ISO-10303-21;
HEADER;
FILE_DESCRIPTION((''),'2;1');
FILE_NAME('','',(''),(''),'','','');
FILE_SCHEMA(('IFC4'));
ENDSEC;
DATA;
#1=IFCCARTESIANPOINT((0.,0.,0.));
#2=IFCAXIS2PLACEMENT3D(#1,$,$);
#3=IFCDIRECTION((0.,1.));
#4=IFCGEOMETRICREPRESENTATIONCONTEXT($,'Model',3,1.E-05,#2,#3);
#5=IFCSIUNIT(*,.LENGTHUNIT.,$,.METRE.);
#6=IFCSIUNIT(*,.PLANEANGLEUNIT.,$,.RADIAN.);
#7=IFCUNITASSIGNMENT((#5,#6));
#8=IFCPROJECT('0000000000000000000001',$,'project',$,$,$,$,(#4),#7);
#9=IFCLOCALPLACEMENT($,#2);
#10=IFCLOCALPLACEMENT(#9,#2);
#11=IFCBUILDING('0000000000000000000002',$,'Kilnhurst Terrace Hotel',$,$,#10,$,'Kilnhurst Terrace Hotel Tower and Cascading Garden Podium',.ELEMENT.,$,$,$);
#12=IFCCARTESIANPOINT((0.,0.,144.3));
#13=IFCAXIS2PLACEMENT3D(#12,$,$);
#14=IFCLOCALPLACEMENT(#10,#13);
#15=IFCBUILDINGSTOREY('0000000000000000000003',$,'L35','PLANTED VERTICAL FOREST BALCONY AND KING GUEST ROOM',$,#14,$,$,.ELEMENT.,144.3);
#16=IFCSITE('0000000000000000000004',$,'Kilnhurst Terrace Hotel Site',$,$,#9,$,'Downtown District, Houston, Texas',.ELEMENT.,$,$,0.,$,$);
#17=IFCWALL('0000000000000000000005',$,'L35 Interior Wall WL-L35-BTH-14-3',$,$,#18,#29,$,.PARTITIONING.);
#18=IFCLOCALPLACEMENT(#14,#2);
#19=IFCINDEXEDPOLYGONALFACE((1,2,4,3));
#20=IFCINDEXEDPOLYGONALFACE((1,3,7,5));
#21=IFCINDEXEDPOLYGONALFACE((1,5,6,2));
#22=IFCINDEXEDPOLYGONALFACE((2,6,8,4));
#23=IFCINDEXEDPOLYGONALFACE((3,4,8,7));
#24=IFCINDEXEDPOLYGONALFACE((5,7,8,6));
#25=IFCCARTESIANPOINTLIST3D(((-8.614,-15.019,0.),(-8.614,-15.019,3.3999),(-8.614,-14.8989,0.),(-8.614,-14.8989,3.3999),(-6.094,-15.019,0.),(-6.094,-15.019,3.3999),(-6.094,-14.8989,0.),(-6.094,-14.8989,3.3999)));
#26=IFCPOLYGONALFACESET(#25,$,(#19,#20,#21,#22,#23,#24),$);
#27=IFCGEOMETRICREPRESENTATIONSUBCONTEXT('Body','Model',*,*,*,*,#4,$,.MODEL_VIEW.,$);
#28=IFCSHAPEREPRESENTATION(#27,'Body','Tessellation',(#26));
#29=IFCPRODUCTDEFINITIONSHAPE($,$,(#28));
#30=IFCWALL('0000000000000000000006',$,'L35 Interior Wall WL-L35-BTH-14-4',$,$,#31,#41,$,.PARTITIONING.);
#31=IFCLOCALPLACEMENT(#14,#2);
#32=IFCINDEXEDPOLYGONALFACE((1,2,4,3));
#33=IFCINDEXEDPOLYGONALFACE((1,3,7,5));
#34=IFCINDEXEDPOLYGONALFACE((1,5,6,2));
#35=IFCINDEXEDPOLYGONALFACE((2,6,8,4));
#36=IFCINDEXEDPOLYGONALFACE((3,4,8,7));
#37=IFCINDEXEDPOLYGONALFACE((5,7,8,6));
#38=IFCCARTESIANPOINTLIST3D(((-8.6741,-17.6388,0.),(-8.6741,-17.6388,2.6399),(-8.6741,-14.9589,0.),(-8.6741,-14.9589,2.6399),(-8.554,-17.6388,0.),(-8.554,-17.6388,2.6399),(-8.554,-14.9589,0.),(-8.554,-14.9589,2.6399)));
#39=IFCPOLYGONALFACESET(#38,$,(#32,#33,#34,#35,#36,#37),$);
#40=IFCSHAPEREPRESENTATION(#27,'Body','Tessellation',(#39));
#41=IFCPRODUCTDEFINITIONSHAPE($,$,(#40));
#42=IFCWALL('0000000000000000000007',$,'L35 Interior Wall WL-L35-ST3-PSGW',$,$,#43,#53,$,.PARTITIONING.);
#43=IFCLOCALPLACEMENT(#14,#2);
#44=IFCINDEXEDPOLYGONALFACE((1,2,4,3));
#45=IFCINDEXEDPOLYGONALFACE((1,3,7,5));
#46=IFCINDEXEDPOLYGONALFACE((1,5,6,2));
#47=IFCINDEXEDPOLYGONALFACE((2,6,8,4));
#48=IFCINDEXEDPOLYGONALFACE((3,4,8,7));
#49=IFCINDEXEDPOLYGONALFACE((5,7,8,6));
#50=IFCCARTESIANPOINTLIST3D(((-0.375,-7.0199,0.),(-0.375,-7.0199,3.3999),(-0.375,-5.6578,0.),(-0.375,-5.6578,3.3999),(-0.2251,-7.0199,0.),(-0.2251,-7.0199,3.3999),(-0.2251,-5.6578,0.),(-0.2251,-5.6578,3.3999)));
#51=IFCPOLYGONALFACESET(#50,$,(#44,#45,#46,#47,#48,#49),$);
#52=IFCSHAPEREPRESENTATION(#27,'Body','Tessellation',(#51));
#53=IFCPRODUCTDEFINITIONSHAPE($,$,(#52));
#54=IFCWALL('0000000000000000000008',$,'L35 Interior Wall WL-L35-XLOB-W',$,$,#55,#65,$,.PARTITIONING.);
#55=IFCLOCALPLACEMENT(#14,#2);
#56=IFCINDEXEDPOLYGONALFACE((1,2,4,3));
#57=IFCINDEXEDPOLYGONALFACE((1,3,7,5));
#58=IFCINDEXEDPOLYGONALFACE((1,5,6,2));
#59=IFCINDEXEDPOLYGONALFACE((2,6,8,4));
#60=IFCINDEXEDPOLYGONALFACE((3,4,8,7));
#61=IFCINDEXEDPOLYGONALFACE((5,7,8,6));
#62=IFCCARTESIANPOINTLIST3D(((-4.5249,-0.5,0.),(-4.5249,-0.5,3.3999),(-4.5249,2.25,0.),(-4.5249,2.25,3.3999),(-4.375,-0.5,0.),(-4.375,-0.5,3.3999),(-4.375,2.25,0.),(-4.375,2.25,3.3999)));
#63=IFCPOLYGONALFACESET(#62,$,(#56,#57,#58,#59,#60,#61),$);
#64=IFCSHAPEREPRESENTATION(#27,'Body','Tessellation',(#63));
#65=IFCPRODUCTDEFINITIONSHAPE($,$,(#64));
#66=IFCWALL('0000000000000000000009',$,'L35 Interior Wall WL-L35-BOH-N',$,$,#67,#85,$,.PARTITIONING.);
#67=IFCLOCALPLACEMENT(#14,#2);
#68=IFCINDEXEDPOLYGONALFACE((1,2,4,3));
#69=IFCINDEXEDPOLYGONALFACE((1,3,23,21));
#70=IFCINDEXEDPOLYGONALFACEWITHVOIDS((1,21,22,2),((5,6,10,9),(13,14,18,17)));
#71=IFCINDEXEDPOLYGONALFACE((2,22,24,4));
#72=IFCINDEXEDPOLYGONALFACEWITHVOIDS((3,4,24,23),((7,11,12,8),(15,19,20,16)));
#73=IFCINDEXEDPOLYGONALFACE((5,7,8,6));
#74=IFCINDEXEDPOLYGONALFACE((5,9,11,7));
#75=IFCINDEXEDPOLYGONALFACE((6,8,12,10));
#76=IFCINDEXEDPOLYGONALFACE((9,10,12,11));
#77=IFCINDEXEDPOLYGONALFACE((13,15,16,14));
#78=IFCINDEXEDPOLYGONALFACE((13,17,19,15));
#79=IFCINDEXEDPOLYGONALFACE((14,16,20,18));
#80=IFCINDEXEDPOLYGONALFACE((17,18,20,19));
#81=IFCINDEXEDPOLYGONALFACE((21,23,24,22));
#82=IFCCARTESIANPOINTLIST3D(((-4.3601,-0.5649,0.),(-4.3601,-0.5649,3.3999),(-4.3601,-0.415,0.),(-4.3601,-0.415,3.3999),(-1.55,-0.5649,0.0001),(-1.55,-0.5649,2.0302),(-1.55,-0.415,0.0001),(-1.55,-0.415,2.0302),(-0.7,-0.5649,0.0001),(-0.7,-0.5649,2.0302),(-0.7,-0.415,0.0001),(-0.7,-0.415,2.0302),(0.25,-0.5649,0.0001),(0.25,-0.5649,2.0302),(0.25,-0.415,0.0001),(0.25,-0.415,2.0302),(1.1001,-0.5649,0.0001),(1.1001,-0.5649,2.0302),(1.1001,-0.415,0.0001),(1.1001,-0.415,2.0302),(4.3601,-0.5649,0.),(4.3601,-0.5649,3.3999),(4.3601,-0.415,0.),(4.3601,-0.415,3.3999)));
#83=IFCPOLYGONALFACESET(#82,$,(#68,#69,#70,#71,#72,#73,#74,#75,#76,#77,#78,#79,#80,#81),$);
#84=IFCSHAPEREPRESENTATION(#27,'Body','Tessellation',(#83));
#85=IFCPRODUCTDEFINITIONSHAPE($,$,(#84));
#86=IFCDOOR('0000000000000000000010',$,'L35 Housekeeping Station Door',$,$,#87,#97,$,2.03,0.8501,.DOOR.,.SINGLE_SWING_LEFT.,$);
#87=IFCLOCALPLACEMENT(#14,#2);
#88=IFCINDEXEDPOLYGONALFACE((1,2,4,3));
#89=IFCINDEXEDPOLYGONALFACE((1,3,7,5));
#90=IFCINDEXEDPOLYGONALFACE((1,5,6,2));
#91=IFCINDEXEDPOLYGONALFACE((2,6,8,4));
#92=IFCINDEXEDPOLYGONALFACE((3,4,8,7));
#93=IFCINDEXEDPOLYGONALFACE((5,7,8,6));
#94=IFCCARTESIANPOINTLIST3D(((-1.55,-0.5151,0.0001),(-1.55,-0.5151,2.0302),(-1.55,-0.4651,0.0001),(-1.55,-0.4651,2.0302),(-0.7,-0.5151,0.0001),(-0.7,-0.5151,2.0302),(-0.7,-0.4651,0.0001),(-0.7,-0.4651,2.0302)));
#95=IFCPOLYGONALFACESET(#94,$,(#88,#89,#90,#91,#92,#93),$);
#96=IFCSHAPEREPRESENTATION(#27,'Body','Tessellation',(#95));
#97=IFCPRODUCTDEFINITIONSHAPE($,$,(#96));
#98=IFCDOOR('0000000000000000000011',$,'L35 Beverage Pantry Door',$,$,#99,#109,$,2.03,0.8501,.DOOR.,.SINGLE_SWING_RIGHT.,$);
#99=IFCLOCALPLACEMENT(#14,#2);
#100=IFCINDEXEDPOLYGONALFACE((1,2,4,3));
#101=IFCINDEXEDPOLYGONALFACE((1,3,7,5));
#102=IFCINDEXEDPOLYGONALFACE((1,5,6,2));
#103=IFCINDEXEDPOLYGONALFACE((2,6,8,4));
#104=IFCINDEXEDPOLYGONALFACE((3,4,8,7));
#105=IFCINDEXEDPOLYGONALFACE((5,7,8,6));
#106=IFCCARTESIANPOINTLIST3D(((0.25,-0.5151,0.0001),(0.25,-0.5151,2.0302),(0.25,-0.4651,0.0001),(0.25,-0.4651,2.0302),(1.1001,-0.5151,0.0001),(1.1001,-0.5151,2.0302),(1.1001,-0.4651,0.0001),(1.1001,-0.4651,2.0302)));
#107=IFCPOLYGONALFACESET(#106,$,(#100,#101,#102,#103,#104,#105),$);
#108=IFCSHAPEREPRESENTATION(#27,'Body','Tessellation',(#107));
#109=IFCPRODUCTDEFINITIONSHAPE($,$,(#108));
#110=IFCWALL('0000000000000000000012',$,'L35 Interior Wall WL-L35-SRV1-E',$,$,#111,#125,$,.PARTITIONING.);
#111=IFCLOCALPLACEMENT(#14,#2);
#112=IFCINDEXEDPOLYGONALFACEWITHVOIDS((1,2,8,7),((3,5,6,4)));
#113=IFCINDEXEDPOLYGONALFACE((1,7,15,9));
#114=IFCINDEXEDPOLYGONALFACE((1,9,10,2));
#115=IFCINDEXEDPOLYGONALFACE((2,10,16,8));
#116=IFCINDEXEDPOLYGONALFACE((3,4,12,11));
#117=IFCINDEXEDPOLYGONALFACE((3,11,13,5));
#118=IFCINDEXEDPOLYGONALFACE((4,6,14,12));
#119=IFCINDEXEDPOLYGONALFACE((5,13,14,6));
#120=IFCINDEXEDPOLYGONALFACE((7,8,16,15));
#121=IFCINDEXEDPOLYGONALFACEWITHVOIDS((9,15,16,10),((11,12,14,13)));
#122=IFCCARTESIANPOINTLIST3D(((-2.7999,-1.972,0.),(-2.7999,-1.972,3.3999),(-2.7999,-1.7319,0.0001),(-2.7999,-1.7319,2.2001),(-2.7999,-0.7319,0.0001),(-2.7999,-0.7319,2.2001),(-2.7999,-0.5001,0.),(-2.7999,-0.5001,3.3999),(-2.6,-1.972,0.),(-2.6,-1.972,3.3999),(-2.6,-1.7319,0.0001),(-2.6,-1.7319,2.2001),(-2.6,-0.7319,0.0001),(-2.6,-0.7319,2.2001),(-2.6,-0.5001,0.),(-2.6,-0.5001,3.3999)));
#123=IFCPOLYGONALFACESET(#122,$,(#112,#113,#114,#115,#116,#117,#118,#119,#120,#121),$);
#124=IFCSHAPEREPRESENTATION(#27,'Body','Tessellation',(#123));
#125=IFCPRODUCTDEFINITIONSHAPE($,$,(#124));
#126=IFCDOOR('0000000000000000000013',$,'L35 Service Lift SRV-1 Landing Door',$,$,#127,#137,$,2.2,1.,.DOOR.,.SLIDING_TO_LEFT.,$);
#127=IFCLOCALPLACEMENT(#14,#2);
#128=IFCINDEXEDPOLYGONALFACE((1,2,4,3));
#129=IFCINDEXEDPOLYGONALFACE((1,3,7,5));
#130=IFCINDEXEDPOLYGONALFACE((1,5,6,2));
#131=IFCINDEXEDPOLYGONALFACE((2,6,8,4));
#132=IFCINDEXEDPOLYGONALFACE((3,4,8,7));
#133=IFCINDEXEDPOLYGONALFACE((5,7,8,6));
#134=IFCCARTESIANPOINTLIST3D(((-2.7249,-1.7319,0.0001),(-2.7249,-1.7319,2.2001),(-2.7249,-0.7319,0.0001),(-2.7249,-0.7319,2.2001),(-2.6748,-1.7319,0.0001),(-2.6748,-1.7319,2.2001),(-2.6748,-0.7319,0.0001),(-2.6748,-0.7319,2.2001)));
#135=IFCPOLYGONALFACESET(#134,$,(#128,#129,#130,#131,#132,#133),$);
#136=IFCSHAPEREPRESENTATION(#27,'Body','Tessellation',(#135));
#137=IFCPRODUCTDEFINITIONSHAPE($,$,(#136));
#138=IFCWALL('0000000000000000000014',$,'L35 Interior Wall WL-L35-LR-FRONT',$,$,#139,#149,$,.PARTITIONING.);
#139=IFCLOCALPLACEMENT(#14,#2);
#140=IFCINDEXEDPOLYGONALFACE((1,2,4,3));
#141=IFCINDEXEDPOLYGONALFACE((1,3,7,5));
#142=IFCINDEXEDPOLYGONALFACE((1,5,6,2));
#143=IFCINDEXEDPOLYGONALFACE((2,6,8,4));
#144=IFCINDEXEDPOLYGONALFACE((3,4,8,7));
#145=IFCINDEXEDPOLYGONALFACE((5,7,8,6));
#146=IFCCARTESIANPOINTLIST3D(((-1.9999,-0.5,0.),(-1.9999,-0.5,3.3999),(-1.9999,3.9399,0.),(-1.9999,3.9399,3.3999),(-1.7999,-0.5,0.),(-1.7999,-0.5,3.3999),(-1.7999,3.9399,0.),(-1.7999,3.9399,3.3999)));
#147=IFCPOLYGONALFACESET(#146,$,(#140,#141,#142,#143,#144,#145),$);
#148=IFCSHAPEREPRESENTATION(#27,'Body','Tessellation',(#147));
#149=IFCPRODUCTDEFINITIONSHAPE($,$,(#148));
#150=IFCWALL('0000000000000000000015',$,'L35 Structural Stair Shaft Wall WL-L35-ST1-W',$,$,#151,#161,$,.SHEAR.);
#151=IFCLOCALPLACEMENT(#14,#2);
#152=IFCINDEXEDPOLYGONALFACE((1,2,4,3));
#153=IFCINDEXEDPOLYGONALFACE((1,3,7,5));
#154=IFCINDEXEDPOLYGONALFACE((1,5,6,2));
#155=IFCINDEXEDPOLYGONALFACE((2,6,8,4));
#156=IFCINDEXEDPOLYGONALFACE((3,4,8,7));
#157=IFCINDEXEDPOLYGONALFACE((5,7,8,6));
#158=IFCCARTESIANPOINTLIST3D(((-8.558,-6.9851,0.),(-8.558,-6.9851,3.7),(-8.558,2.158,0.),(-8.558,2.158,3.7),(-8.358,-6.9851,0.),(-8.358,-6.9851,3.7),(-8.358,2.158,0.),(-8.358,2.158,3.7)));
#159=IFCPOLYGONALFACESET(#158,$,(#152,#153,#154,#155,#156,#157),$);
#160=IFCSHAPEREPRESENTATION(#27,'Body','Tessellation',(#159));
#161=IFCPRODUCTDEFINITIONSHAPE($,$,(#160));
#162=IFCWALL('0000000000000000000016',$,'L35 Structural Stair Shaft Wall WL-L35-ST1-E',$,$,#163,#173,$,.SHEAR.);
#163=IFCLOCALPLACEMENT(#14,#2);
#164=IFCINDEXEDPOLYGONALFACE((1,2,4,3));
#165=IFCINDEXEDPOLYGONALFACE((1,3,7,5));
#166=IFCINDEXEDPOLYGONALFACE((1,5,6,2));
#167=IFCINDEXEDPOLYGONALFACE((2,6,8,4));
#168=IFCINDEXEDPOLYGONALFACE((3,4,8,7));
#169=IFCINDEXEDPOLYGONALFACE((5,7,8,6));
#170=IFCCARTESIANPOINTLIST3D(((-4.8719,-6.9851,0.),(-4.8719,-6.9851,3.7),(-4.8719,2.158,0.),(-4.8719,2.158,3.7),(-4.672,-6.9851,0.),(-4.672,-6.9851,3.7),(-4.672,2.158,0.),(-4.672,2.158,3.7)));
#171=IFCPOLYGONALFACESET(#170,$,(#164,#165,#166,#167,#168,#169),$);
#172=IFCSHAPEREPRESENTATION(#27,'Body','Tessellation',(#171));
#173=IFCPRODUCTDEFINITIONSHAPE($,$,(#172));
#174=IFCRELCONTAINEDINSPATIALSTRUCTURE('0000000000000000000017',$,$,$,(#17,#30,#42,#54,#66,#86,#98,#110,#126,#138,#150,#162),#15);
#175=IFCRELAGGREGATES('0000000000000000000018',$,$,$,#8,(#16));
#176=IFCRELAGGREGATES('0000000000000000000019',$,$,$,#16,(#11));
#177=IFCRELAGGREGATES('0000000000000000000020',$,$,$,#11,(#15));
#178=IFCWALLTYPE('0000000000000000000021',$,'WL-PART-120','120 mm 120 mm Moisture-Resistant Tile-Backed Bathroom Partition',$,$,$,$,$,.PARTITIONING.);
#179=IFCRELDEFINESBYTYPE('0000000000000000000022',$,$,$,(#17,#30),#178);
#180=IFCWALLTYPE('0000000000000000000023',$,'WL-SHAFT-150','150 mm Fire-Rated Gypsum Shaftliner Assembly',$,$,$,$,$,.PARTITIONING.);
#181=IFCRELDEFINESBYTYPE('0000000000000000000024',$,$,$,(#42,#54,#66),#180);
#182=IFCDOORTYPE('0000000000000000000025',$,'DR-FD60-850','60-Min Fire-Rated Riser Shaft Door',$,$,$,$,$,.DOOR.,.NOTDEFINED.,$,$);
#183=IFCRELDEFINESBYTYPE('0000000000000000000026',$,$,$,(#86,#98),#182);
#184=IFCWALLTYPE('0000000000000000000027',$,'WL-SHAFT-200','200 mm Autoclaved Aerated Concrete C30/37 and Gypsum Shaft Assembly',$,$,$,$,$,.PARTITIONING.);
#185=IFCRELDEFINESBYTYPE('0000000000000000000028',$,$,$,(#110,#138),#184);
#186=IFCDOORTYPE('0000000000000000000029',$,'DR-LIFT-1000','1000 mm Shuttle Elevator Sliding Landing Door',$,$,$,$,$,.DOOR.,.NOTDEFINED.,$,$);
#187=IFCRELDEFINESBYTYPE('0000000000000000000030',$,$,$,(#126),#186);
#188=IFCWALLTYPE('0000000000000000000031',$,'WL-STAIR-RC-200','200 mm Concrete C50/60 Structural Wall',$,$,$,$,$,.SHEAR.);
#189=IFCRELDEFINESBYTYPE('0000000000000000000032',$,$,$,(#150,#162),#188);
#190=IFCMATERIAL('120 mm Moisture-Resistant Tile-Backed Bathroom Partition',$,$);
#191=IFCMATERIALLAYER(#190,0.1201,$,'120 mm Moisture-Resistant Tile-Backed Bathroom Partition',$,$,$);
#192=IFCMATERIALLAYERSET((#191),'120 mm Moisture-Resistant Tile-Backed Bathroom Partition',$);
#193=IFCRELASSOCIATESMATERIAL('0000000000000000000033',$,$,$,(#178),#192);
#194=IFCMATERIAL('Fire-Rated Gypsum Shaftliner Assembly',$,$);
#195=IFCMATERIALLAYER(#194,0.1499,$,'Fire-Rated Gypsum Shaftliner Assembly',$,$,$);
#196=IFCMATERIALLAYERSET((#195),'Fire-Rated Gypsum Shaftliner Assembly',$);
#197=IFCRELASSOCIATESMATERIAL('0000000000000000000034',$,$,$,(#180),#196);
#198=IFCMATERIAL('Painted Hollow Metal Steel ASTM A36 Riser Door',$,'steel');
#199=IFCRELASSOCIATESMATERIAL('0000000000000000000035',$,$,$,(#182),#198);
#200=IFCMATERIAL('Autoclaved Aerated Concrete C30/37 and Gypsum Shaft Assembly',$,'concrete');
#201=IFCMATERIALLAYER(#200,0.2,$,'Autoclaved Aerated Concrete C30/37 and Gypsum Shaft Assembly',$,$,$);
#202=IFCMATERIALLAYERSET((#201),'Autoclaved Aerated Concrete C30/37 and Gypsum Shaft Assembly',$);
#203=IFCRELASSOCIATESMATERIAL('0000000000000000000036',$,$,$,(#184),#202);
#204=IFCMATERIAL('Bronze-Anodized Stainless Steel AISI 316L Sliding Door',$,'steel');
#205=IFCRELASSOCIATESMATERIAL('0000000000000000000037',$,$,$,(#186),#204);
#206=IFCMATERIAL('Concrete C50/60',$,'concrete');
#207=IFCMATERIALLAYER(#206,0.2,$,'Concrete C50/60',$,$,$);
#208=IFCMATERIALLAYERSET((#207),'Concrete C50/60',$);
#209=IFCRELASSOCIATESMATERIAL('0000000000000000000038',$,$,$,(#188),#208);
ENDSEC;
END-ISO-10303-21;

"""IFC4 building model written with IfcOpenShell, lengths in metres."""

from ifc_helpers import new_model, si_unit, direction, frame, frame_2d, origin, place, context, subcontext, project, spatial, rectangle, extrude, material, layer, layer_set, type_object, element, fill, save


model = new_model("IFC4")

# Units and contexts
model_context = context("Model", 3, precision=1e-05, world=origin(), true_north=direction((0.0, 1.0)))
body_context = subcontext(model_context, "Body", "Model", "MODEL_VIEW")
ifc_project = project(units=[si_unit("LENGTHUNIT", "METRE"), si_unit("PLANEANGLEUNIT", "RADIAN")], contexts=[model_context])

# Site, building, storey
site_placement = place(None, origin())
site = spatial("IfcSite", under=ifc_project, at=site_placement, Name="Kilnhurst Terrace Hotel Site", LongName="Downtown District, Houston, Texas", CompositionType="ELEMENT", RefElevation=0.0)
building_placement = place(site_placement, origin())
building = spatial("IfcBuilding", under=site, at=building_placement, Name="Kilnhurst Terrace Hotel", LongName="Kilnhurst Terrace Hotel Tower and Cascading Garden Podium", CompositionType="ELEMENT")
storey_placement = place(building_placement, frame((0.0, 0.0, 144.3)))
storey = spatial("IfcBuildingStorey", under=building, at=storey_placement, Name="L35", Description="PLANTED VERTICAL FOREST BALCONY AND KING GUEST ROOM", CompositionType="ELEMENT", Elevation=144.3)

# Shared definitions
ifc_material_1 = material(Name="Concrete C50/60", Category="concrete")

# Walls
ifc_material_2 = material(Name="120 mm Moisture-Resistant Tile-Backed Bathroom Partition")
ifc_layer_1 = layer(ifc_material_2, 0.1201, Name="120 mm Moisture-Resistant Tile-Backed Bathroom Partition")
ifc_layer_set_1 = layer_set([ifc_layer_1], Name="120 mm Moisture-Resistant Tile-Backed Bathroom Partition")
wall_type_1 = type_object("IfcWallType", Name="WL-PART-120", Description="120 mm 120 mm Moisture-Resistant Tile-Backed Bathroom Partition", PredefinedType="PARTITIONING", material=ifc_layer_set_1)
wall_1_placement = place(storey_placement, frame((-6.094, -14.959, 0.0), z_axis=(0.0, 0.0, 1.0), x_axis=(-1.0, 0.0, 0.0)))
element("IfcWall", 1, at=wall_1_placement, inside=storey, type_object=wall_type_1, Name="L35 Interior Wall WL-L35-BTH-14-3", PredefinedType="PARTITIONING", context=body_context, shape_type="SweptSolid", body=[
    extrude(rectangle(XDim=2.52, YDim=0.1201, at=frame_2d((1.26, 0.0))), origin(), (0.0, 0.0, 1.0), 3.3999),
])
wall_2_placement = place(storey_placement, frame((-8.614, -14.959, 0.0), z_axis=(0.0, 0.0, 1.0), x_axis=(0.0, -1.0, 0.0)))
element("IfcWall", 2, at=wall_2_placement, inside=storey, type_object=wall_type_1, Name="L35 Interior Wall WL-L35-BTH-14-4", PredefinedType="PARTITIONING", context=body_context, shape_type="SweptSolid", body=[
    extrude(rectangle(XDim=2.6799, YDim=0.1201, at=frame_2d((1.3398, 0.0))), origin(), (0.0, 0.0, 1.0), 2.6399),
])
ifc_material_3 = material(Name="Fire-Rated Gypsum Shaftliner Assembly")
ifc_layer_2 = layer(ifc_material_3, 0.1499, Name="Fire-Rated Gypsum Shaftliner Assembly")
ifc_layer_set_2 = layer_set([ifc_layer_2], Name="Fire-Rated Gypsum Shaftliner Assembly")
wall_type_2 = type_object("IfcWallType", Name="WL-SHAFT-150", Description="150 mm Fire-Rated Gypsum Shaftliner Assembly", PredefinedType="PARTITIONING", material=ifc_layer_set_2)
wall_3_placement = place(storey_placement, frame((-0.3, -7.02, 0.0), z_axis=(0.0, 0.0, 1.0), x_axis=(0.0, 1.0, 0.0)))
element("IfcWall", 3, at=wall_3_placement, inside=storey, type_object=wall_type_2, Name="L35 Interior Wall WL-L35-ST3-PSGW", PredefinedType="PARTITIONING", context=body_context, shape_type="SweptSolid", body=[
    extrude(rectangle(XDim=1.3621, YDim=0.1499, at=frame_2d((0.6812, 0.0))), origin(), (0.0, 0.0, 1.0), 3.3999),
])
wall_4_placement = place(storey_placement, frame((-4.45, -0.5, 0.0), z_axis=(0.0, 0.0, 1.0), x_axis=(0.0, 1.0, 0.0)))
element("IfcWall", 4, at=wall_4_placement, inside=storey, type_object=wall_type_2, Name="L35 Interior Wall WL-L35-XLOB-W", PredefinedType="PARTITIONING", context=body_context, shape_type="SweptSolid", body=[
    extrude(rectangle(XDim=2.75, YDim=0.1499, at=frame_2d((1.375, 0.0))), origin(), (0.0, 0.0, 1.0), 3.3999),
])

# Wall, openings, doors
wall_5_placement = place(storey_placement, frame((-4.3601, -0.49, 0.0), z_axis=(0.0, 0.0, 1.0), x_axis=(1.0, 0.0, 0.0)))
wall_5 = element("IfcWall", 5, at=wall_5_placement, inside=storey, type_object=wall_type_2, Name="L35 Interior Wall WL-L35-BOH-N", PredefinedType="PARTITIONING", context=body_context, shape_type="SweptSolid", body=[
    extrude(rectangle(XDim=8.7202, YDim=0.1499, at=frame_2d((4.3601, 0.0))), origin(), (0.0, 0.0, 1.0), 3.3999),
])
opening_1_placement = place(wall_5_placement, frame((2.8101, 0.0, 0.0)))
opening_1 = element("IfcOpeningElement", 6, at=opening_1_placement, cuts=wall_5, PredefinedType="OPENING", context=body_context, shape_type="SweptSolid", body=[
    extrude(rectangle(XDim=0.8501, YDim=2.03, at=frame_2d((0.425, 1.0151))), frame((0.0, 0.085, 0.0), z_axis=(0.0, -1.0, 0.0), x_axis=(1.0, 0.0, 0.0)), (0.0, 0.0, 1.0), 0.1699),
])
opening_2_placement = place(wall_5_placement, frame((4.6101, 0.0, 0.0)))
opening_2 = element("IfcOpeningElement", 7, at=opening_2_placement, cuts=wall_5, PredefinedType="OPENING", context=body_context, shape_type="SweptSolid", body=[
    extrude(rectangle(XDim=0.8501, YDim=2.03, at=frame_2d((0.425, 1.0151))), frame((0.0, 0.085, 0.0), z_axis=(0.0, -1.0, 0.0), x_axis=(1.0, 0.0, 0.0)), (0.0, 0.0, 1.0), 0.1699),
])
ifc_material_4 = material(Name="Painted Hollow Metal Steel ASTM A36 Riser Door", Category="steel")
door_type_1 = type_object("IfcDoorType", Name="DR-FD60-850", Description="60-Min Fire-Rated Riser Shaft Door", OperationType="NOTDEFINED", PredefinedType="DOOR", material=ifc_material_4)
door_1_placement = place(opening_1_placement, origin())
door_1 = element("IfcDoor", 8, at=door_1_placement, inside=storey, type_object=door_type_1, Name="L35 Housekeeping Station Door", OperationType="SINGLE_SWING_LEFT", OverallHeight=2.03, OverallWidth=0.8501, PredefinedType="DOOR", context=body_context, shape_type="SweptSolid", body=[
    extrude(rectangle(XDim=0.8501, YDim=2.03, at=frame_2d((0.425, 1.0151))), frame((0.0, 0.0249, 0.0), z_axis=(0.0, -1.0, 0.0), x_axis=(1.0, 0.0, 0.0)), (0.0, 0.0, 1.0), 0.05),
])
fill(opening_1, door_1)
door_2_placement = place(opening_2_placement, origin())
door_2 = element("IfcDoor", 9, at=door_2_placement, inside=storey, type_object=door_type_1, Name="L35 Beverage Pantry Door", OperationType="SINGLE_SWING_RIGHT", OverallHeight=2.03, OverallWidth=0.8501, PredefinedType="DOOR", context=body_context, shape_type="SweptSolid", body=[
    extrude(rectangle(XDim=0.8501, YDim=2.03, at=frame_2d((0.425, 1.0151))), frame((0.0, 0.0249, 0.0), z_axis=(0.0, -1.0, 0.0), x_axis=(1.0, 0.0, 0.0)), (0.0, 0.0, 1.0), 0.05),
])
fill(opening_2, door_2)

# Wall, opening, door
ifc_material_5 = material(Name="Autoclaved Aerated Concrete C30/37 and Gypsum Shaft Assembly", Category="concrete")
ifc_layer_3 = layer(ifc_material_5, 0.2, Name="Autoclaved Aerated Concrete C30/37 and Gypsum Shaft Assembly")
ifc_layer_set_3 = layer_set([ifc_layer_3], Name="Autoclaved Aerated Concrete C30/37 and Gypsum Shaft Assembly")
wall_type_3 = type_object("IfcWallType", Name="WL-SHAFT-200", Description="200 mm Autoclaved Aerated Concrete C30/37 and Gypsum Shaft Assembly", PredefinedType="PARTITIONING", material=ifc_layer_set_3)
wall_6_placement = place(storey_placement, frame((-2.7, -1.9719, 0.0), z_axis=(0.0, 0.0, 1.0), x_axis=(0.0, 1.0, 0.0)))
wall_6 = element("IfcWall", 10, at=wall_6_placement, inside=storey, type_object=wall_type_3, Name="L35 Interior Wall WL-L35-SRV1-E", PredefinedType="PARTITIONING", context=body_context, shape_type="SweptSolid", body=[
    extrude(rectangle(XDim=1.4719, YDim=0.2, at=frame_2d((0.7358, 0.0))), origin(), (0.0, 0.0, 1.0), 3.3999),
])
opening_3_placement = place(wall_6_placement, frame((0.24, 0.0, 0.0)))
opening_3 = element("IfcOpeningElement", 11, at=opening_3_placement, cuts=wall_6, PredefinedType="OPENING", context=body_context, shape_type="SweptSolid", body=[
    extrude(rectangle(XDim=1.0, YDim=2.2, at=frame_2d((0.5, 1.1001))), frame((0.0, 0.1099, 0.0), z_axis=(0.0, -1.0, 0.0), x_axis=(1.0, 0.0, 0.0)), (0.0, 0.0, 1.0), 0.22),
])
ifc_material_6 = material(Name="Bronze-Anodized Stainless Steel AISI 316L Sliding Door", Category="steel")
door_type_2 = type_object("IfcDoorType", Name="DR-LIFT-1000", Description="1000 mm Shuttle Elevator Sliding Landing Door", OperationType="NOTDEFINED", PredefinedType="DOOR", material=ifc_material_6)
door_3_placement = place(opening_3_placement, origin())
door_3 = element("IfcDoor", 12, at=door_3_placement, inside=storey, type_object=door_type_2, Name="L35 Service Lift SRV-1 Landing Door", OperationType="SLIDING_TO_LEFT", OverallHeight=2.2, OverallWidth=1.0, PredefinedType="DOOR", context=body_context, shape_type="SweptSolid", body=[
    extrude(rectangle(XDim=1.0, YDim=2.2, at=frame_2d((0.5, 1.1001))), frame((0.0, 0.0249, 0.0), z_axis=(0.0, -1.0, 0.0), x_axis=(1.0, 0.0, 0.0)), (0.0, 0.0, 1.0), 0.05),
])
fill(opening_3, door_3)

# Walls
wall_7_placement = place(storey_placement, frame((-1.8999, -0.5, 0.0), z_axis=(0.0, 0.0, 1.0), x_axis=(0.0, 1.0, 0.0)))
element("IfcWall", 13, at=wall_7_placement, inside=storey, type_object=wall_type_3, Name="L35 Interior Wall WL-L35-LR-FRONT", PredefinedType="PARTITIONING", context=body_context, shape_type="SweptSolid", body=[
    extrude(rectangle(XDim=4.4399, YDim=0.2, at=frame_2d((2.22, 0.0))), origin(), (0.0, 0.0, 1.0), 3.3999),
])
ifc_layer_4 = layer(ifc_material_1, 0.2, Name="Concrete C50/60")
ifc_layer_set_4 = layer_set([ifc_layer_4], Name="Concrete C50/60")
wall_type_4 = type_object("IfcWallType", Name="WL-STAIR-RC-200", Description="200 mm Concrete C50/60 Structural Wall", PredefinedType="SHEAR", material=ifc_layer_set_4)
for number, where, z_axis, x_axis, name in (
    (14, (-8.458, -6.9851, 0.0), (0.0, 0.0, 1.0), (0.0, 1.0, 0.0), "L35 Structural Stair Shaft Wall WL-L35-ST1-W"),
    (15, (-4.772, -6.9851, 0.0), (0.0, 0.0, 1.0), (0.0, 1.0, 0.0), "L35 Structural Stair Shaft Wall WL-L35-ST1-E"),
):
    element("IfcWall", number, at=place(storey_placement, frame(where, z_axis=z_axis, x_axis=x_axis)), inside=storey, type_object=wall_type_4, Name=name, PredefinedType="SHEAR", context=body_context, shape_type="SweptSolid", body=[
        extrude(rectangle(XDim=9.1431, YDim=0.2, at=frame_2d((4.5715, 0.0))), origin(), (0.0, 0.0, 1.0), 3.7),
    ])

save(model, "model.ifc")
